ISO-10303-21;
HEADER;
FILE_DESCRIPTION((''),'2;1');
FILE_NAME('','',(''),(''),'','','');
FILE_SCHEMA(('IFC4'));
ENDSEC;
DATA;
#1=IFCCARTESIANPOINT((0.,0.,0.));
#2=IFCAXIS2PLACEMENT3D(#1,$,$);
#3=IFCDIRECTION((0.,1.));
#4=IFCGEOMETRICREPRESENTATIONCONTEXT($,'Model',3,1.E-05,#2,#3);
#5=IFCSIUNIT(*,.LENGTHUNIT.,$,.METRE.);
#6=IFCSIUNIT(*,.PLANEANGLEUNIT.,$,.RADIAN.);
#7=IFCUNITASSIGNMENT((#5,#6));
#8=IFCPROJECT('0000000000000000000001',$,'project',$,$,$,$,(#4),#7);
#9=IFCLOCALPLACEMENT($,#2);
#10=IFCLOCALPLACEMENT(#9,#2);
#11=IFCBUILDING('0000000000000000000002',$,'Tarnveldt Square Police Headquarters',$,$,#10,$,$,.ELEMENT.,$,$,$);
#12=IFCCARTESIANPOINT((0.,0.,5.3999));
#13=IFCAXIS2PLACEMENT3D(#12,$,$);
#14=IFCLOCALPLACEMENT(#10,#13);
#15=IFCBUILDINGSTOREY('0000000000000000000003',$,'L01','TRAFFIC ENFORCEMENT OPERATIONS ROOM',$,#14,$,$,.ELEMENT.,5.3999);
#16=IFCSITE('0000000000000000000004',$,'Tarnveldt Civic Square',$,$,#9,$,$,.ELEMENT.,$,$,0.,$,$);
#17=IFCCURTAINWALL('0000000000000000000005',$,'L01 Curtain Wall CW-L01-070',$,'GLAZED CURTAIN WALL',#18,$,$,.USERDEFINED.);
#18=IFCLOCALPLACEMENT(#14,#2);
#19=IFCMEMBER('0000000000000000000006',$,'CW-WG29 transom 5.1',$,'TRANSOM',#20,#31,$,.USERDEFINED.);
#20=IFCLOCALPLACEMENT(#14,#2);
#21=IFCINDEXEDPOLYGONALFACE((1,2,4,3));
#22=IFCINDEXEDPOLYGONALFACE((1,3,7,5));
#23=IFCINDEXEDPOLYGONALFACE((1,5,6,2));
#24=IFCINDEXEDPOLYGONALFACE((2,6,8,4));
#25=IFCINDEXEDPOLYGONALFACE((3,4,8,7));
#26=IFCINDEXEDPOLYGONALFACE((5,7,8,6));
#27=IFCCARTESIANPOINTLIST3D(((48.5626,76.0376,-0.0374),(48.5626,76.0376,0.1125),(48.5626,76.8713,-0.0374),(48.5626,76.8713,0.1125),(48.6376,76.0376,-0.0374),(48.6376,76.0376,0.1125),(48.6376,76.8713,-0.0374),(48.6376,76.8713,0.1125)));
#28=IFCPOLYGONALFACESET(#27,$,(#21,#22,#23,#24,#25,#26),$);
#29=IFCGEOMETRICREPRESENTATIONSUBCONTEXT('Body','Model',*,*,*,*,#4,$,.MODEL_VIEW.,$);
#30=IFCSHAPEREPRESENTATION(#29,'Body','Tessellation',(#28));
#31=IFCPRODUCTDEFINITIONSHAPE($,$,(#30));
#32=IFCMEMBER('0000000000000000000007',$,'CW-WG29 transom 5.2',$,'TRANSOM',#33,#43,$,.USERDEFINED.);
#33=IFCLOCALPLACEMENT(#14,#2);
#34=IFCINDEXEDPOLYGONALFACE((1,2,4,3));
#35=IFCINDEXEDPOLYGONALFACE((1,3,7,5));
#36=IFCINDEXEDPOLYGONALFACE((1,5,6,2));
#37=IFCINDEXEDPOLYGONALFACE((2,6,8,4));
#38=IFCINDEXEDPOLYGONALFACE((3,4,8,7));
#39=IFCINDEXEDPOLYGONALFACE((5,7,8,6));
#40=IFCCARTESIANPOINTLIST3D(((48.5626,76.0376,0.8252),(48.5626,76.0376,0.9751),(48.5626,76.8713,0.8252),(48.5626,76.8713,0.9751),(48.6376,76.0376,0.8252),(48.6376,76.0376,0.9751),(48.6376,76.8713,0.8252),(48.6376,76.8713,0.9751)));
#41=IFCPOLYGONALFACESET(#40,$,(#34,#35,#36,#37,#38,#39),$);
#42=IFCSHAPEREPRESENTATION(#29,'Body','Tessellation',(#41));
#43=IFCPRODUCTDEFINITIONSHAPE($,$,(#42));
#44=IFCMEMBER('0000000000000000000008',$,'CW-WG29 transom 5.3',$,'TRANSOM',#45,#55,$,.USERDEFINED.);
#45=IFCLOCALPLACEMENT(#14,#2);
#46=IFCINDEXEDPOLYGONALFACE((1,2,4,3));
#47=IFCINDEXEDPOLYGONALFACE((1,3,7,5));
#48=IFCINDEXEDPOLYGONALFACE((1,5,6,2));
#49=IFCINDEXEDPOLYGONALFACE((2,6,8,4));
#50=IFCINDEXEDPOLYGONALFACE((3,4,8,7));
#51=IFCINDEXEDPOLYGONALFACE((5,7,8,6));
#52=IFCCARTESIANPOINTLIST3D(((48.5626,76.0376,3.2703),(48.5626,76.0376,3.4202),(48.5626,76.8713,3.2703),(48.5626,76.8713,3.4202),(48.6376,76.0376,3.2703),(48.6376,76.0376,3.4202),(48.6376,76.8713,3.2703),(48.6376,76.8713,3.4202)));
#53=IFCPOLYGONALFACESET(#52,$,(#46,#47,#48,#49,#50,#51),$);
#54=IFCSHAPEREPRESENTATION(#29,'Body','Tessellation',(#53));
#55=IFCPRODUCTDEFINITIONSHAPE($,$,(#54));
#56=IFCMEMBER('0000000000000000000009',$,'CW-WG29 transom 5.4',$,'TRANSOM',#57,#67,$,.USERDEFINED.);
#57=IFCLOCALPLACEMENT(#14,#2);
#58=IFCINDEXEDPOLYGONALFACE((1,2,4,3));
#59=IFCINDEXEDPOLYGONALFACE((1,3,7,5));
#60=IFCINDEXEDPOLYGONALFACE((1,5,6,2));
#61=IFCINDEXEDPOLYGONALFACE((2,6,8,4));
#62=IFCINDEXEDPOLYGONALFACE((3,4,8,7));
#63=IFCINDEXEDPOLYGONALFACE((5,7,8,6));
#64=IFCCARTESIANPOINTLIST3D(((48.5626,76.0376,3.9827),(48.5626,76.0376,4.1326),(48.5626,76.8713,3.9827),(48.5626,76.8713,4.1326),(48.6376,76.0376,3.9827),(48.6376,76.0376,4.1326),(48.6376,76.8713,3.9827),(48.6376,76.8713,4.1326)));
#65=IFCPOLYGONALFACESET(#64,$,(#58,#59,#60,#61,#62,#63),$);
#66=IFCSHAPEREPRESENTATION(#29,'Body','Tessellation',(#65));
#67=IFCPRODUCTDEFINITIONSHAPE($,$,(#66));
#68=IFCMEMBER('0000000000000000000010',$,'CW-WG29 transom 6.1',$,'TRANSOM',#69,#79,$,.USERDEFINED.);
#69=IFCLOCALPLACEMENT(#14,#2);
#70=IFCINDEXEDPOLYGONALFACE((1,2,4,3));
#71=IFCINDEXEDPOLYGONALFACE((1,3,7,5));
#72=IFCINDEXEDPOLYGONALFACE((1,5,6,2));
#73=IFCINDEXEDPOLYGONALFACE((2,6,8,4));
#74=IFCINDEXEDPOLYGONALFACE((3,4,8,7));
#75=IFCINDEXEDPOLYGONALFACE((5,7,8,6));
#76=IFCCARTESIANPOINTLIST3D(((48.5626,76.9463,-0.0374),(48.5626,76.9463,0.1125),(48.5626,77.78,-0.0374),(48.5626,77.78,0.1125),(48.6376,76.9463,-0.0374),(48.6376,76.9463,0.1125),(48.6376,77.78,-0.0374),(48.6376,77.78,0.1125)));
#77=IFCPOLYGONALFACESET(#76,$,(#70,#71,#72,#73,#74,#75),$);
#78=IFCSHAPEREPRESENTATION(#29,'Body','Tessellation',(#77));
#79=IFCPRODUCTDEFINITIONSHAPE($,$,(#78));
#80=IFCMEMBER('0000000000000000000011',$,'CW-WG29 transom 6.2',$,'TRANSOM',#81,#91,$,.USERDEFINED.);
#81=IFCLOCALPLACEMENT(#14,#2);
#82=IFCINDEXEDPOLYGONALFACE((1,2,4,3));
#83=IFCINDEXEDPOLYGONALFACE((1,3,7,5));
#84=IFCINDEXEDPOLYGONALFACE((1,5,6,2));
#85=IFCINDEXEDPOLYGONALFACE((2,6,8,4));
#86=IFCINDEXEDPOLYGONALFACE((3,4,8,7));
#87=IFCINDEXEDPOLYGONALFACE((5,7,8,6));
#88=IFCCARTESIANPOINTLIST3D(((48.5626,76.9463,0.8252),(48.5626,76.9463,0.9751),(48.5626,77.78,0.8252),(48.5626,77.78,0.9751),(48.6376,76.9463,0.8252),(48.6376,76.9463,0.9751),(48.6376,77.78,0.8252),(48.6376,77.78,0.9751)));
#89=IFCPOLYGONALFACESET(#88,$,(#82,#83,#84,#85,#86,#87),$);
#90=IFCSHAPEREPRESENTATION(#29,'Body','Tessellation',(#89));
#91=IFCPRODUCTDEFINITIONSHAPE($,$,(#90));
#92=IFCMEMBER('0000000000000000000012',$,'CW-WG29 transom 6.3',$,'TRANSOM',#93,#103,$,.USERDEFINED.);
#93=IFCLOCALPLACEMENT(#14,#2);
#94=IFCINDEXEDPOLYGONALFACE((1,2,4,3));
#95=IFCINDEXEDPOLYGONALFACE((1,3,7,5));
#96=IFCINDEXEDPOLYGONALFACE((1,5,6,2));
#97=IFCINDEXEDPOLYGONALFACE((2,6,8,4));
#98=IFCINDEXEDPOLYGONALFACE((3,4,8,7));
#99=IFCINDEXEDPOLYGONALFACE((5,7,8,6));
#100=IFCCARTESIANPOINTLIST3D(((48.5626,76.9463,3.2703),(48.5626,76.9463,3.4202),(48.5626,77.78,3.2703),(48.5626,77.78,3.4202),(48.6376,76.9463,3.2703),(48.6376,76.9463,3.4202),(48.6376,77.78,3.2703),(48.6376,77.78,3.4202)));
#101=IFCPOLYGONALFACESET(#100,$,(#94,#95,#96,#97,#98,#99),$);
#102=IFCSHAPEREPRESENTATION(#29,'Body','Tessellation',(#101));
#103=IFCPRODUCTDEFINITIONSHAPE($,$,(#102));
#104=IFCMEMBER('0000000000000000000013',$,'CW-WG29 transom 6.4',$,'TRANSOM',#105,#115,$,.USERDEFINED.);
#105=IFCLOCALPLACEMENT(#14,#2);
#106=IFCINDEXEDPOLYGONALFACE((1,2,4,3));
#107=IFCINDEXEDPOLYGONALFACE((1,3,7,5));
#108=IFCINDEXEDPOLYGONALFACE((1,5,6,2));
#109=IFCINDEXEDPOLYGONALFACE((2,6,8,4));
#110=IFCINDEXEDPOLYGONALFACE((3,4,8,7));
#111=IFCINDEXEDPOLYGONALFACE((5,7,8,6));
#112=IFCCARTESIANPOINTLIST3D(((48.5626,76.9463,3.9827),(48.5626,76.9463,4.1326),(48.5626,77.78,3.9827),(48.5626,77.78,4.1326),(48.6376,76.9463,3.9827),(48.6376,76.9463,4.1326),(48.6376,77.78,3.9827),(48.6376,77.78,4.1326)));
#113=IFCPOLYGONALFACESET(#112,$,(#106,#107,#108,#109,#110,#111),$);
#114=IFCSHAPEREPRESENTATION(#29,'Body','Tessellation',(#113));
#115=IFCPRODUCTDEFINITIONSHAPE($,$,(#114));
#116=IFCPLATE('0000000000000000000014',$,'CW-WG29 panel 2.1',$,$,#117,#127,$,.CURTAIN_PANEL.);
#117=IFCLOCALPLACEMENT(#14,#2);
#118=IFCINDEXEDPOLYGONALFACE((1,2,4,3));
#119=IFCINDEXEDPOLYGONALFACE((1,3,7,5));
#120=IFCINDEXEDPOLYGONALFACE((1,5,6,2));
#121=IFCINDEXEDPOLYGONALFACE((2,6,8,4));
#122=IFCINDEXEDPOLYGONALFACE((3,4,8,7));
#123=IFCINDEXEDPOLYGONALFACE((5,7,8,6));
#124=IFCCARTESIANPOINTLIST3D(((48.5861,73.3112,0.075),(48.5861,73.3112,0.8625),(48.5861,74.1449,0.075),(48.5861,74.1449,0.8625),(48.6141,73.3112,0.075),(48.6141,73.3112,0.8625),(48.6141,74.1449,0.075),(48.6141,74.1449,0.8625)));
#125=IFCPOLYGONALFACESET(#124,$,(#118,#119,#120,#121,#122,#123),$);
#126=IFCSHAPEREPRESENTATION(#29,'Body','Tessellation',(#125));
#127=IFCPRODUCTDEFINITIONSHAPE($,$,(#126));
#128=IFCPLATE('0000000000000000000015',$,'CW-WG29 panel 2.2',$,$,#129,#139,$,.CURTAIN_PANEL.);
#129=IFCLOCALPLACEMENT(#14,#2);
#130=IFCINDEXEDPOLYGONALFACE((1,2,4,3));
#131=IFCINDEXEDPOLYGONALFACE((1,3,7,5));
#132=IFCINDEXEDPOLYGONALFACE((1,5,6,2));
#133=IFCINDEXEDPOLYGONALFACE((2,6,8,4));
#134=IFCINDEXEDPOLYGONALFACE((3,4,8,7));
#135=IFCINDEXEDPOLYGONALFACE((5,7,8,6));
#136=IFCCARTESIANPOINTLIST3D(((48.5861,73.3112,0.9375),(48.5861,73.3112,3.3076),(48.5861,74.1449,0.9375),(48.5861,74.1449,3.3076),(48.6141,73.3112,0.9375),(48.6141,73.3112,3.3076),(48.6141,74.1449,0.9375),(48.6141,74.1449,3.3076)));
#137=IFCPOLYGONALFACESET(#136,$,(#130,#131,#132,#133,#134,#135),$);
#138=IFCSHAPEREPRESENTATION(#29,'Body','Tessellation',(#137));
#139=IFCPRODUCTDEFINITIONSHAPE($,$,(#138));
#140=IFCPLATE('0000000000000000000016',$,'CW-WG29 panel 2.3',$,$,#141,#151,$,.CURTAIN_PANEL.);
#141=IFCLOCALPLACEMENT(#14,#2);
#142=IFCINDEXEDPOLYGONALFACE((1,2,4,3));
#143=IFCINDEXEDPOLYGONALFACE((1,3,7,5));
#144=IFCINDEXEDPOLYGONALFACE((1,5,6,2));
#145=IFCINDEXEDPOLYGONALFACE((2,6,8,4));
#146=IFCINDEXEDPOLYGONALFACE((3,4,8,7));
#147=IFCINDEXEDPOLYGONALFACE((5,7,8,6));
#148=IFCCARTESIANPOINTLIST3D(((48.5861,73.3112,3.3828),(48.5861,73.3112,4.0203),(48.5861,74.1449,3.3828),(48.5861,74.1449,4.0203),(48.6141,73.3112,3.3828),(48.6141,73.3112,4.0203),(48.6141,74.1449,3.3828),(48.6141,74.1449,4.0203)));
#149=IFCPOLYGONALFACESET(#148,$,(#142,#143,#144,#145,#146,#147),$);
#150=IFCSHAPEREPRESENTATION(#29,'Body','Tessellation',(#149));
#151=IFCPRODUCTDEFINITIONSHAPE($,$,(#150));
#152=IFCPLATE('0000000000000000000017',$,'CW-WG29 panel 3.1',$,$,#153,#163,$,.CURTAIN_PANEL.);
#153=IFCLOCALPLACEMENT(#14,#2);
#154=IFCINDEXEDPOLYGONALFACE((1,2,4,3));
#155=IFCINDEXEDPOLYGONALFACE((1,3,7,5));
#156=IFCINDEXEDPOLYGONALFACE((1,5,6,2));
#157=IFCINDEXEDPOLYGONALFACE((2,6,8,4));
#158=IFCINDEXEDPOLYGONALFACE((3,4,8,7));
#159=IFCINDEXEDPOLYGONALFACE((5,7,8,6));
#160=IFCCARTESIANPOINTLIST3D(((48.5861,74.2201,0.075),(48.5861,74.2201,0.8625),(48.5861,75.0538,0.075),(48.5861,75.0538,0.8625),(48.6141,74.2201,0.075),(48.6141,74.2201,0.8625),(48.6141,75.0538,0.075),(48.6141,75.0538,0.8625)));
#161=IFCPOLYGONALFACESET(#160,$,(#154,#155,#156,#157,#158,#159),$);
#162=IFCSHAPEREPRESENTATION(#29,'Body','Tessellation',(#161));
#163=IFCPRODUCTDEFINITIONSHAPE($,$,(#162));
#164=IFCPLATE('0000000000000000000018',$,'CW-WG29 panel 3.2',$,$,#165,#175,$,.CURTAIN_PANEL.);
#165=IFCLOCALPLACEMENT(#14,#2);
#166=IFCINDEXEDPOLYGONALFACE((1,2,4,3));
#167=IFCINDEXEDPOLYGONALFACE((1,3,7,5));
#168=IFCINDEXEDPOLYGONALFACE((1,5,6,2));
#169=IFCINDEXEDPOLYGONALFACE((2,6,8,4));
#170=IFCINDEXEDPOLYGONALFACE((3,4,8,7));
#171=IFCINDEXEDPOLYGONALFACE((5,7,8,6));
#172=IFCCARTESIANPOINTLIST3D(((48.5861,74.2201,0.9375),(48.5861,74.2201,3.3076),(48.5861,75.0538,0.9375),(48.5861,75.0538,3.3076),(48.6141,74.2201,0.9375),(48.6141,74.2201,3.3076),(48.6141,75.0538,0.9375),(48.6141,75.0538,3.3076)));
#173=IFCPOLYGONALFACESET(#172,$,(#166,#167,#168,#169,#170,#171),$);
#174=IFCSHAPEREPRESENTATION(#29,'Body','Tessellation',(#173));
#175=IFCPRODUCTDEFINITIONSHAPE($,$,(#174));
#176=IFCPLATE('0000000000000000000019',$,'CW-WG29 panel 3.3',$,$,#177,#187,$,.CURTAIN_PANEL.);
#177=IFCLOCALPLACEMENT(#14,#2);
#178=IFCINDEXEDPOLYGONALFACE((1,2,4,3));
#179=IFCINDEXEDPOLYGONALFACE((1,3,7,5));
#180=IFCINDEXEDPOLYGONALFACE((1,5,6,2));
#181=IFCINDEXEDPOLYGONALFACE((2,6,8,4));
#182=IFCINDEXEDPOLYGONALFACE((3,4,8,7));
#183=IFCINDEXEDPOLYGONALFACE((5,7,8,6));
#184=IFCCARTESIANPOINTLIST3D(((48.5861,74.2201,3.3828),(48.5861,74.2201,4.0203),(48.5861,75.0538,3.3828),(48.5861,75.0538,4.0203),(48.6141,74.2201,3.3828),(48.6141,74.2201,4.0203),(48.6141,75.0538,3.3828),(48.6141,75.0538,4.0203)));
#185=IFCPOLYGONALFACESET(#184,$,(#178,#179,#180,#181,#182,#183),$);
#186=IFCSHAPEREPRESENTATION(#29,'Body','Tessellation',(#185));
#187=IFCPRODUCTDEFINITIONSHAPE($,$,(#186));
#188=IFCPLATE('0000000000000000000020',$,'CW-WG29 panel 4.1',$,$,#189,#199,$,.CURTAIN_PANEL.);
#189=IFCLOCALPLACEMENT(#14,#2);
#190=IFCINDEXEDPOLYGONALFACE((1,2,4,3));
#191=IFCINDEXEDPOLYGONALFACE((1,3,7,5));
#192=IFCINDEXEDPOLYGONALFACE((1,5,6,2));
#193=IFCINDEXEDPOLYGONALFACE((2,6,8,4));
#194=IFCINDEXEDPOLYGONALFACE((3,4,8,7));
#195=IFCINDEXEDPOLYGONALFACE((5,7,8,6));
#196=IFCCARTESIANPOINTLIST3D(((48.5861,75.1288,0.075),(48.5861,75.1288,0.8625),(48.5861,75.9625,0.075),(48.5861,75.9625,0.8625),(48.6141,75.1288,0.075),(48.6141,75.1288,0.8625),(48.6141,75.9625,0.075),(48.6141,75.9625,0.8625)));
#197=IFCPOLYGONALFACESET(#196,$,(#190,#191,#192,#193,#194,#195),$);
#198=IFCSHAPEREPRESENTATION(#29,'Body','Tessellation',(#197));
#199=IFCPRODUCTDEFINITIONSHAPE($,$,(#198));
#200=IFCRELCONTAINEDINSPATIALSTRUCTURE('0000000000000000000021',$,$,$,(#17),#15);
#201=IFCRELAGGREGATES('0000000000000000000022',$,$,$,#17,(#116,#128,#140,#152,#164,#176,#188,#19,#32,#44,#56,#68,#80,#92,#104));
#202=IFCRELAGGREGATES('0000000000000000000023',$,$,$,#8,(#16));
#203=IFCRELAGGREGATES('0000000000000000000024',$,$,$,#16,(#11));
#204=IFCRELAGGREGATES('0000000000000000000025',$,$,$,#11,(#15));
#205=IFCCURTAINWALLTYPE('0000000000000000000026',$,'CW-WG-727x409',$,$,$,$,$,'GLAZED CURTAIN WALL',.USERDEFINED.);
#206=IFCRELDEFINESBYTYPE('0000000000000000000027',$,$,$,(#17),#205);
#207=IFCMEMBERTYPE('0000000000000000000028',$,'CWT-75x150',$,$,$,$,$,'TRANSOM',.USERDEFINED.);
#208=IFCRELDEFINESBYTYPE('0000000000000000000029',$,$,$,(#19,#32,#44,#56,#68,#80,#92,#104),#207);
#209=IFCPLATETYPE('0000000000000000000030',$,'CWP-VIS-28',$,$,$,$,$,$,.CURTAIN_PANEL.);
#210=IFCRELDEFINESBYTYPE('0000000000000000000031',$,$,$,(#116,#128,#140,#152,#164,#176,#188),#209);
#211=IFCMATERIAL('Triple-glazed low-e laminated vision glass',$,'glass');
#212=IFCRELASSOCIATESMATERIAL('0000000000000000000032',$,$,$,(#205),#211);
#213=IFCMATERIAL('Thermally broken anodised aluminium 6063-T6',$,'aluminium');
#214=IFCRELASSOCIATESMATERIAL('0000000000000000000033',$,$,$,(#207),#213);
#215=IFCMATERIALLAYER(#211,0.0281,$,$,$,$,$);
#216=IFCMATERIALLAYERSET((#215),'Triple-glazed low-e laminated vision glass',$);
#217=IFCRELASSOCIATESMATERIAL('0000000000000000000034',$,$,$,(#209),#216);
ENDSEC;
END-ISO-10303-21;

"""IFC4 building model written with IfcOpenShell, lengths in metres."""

from ifc_helpers import new_model, si_unit, direction, frame, origin, origin_2d, place, context, subcontext, project, spatial, rectangle, extrude, material, layer, layer_set, material_profile, profile_set, type_object, element, aggregate, save


model = new_model("IFC4")

# Units and contexts
model_context = context("Model", 3, precision=1e-05, world=origin(), true_north=direction((0.0, 1.0)))
body_context = subcontext(model_context, "Body", "Model", "MODEL_VIEW")
ifc_project = project(units=[si_unit("LENGTHUNIT", "METRE"), si_unit("PLANEANGLEUNIT", "RADIAN")], contexts=[model_context])

# Site, building, storey
site_placement = place(None, origin())
site = spatial("IfcSite", under=ifc_project, at=site_placement, Name="Tarnveldt Civic Square", CompositionType="ELEMENT", RefElevation=0.0)
building_placement = place(site_placement, origin())
building = spatial("IfcBuilding", under=site, at=building_placement, Name="Tarnveldt Square Police Headquarters", CompositionType="ELEMENT")
storey_placement = place(building_placement, frame((0.0, 0.0, 5.3999)))
storey = spatial("IfcBuildingStorey", under=building, at=storey_placement, Name="L01", Description="TRAFFIC ENFORCEMENT OPERATIONS ROOM", CompositionType="ELEMENT", Elevation=5.3999)

# Curtain wall, members, plates
ifc_material_1 = material(Name="Triple-glazed low-e laminated vision glass", Category="glass")
curtain_wall_type = type_object("IfcCurtainWallType", Name="CW-WG-727x409", ElementType="GLAZED CURTAIN WALL", PredefinedType="USERDEFINED", material=ifc_material_1)
curtain_wall_placement = place(storey_placement, origin())
curtain_wall = element("IfcCurtainWall", 1, at=curtain_wall_placement, inside=storey, type_object=curtain_wall_type, Name="L01 Curtain Wall CW-L01-070", ObjectType="GLAZED CURTAIN WALL", PredefinedType="USERDEFINED")
ifc_material_2 = material(Name="Thermally broken anodised aluminium 6063-T6", Category="aluminium")
ifc_material_profile_1 = material_profile(ifc_material_2, rectangle(XDim=0.075, YDim=0.1499, at=origin_2d()), Name="CW-T75x150")
ifc_profile_set_1 = profile_set([ifc_material_profile_1], Name="Thermally broken anodised aluminium 6063-T6")
member_type_1 = type_object("IfcMemberType", Name="CWT-75x150", ElementType="TRANSOM", PredefinedType="USERDEFINED", material=ifc_profile_set_1)
member_1_placement = place(storey_placement, frame((48.6001, 76.0376, 0.0376), z_axis=(0.0, 1.0, 0.0), x_axis=(-1.0, 0.0, 0.0)))
member_1 = element("IfcMember", 2, at=member_1_placement, type_object=member_type_1, Name="CW-WG29 transom 5.1", ObjectType="TRANSOM", PredefinedType="USERDEFINED", context=body_context, shape_type="SweptSolid", body=[
    extrude(rectangle(XDim=0.075, YDim=0.1499, at=origin_2d()), origin(), (0.0, 0.0, 1.0), 0.8337),
])
member_2_placement = place(storey_placement, frame((48.6001, 76.0376, 0.9001), z_axis=(0.0, 1.0, 0.0), x_axis=(-1.0, 0.0, 0.0)))
member_2 = element("IfcMember", 3, at=member_2_placement, type_object=member_type_1, Name="CW-WG29 transom 5.2", ObjectType="TRANSOM", PredefinedType="USERDEFINED", context=body_context, shape_type="SweptSolid", body=[
    extrude(rectangle(XDim=0.075, YDim=0.1499, at=origin_2d()), origin(), (0.0, 0.0, 1.0), 0.8337),
])
member_3_placement = place(storey_placement, frame((48.6001, 76.0376, 3.3452), z_axis=(0.0, 1.0, 0.0), x_axis=(-1.0, 0.0, 0.0)))
member_3 = element("IfcMember", 4, at=member_3_placement, type_object=member_type_1, Name="CW-WG29 transom 5.3", ObjectType="TRANSOM", PredefinedType="USERDEFINED", context=body_context, shape_type="SweptSolid", body=[
    extrude(rectangle(XDim=0.075, YDim=0.1499, at=origin_2d()), origin(), (0.0, 0.0, 1.0), 0.8337),
])
member_4_placement = place(storey_placement, frame((48.6001, 76.0376, 4.0576), z_axis=(0.0, 1.0, 0.0), x_axis=(-1.0, 0.0, 0.0)))
member_4 = element("IfcMember", 5, at=member_4_placement, type_object=member_type_1, Name="CW-WG29 transom 5.4", ObjectType="TRANSOM", PredefinedType="USERDEFINED", context=body_context, shape_type="SweptSolid", body=[
    extrude(rectangle(XDim=0.075, YDim=0.1499, at=origin_2d()), origin(), (0.0, 0.0, 1.0), 0.8337),
])
member_5_placement = place(storey_placement, frame((48.6001, 76.9463, 0.0376), z_axis=(0.0, 1.0, 0.0), x_axis=(-1.0, 0.0, 0.0)))
member_5 = element("IfcMember", 6, at=member_5_placement, type_object=member_type_1, Name="CW-WG29 transom 6.1", ObjectType="TRANSOM", PredefinedType="USERDEFINED", context=body_context, shape_type="SweptSolid", body=[
    extrude(rectangle(XDim=0.075, YDim=0.1499, at=origin_2d()), origin(), (0.0, 0.0, 1.0), 0.8337),
])
member_6_placement = place(storey_placement, frame((48.6001, 76.9463, 0.9001), z_axis=(0.0, 1.0, 0.0), x_axis=(-1.0, 0.0, 0.0)))
member_6 = element("IfcMember", 7, at=member_6_placement, type_object=member_type_1, Name="CW-WG29 transom 6.2", ObjectType="TRANSOM", PredefinedType="USERDEFINED", context=body_context, shape_type="SweptSolid", body=[
    extrude(rectangle(XDim=0.075, YDim=0.1499, at=origin_2d()), origin(), (0.0, 0.0, 1.0), 0.8337),
])
member_7_placement = place(storey_placement, frame((48.6001, 76.9463, 3.3452), z_axis=(0.0, 1.0, 0.0), x_axis=(-1.0, 0.0, 0.0)))
member_7 = element("IfcMember", 8, at=member_7_placement, type_object=member_type_1, Name="CW-WG29 transom 6.3", ObjectType="TRANSOM", PredefinedType="USERDEFINED", context=body_context, shape_type="SweptSolid", body=[
    extrude(rectangle(XDim=0.075, YDim=0.1499, at=origin_2d()), origin(), (0.0, 0.0, 1.0), 0.8337),
])
member_8_placement = place(storey_placement, frame((48.6001, 76.9463, 4.0576), z_axis=(0.0, 1.0, 0.0), x_axis=(-1.0, 0.0, 0.0)))
member_8 = element("IfcMember", 9, at=member_8_placement, type_object=member_type_1, Name="CW-WG29 transom 6.4", ObjectType="TRANSOM", PredefinedType="USERDEFINED", context=body_context, shape_type="SweptSolid", body=[
    extrude(rectangle(XDim=0.075, YDim=0.1499, at=origin_2d()), origin(), (0.0, 0.0, 1.0), 0.8337),
])
ifc_layer = layer(ifc_material_1, 0.0281)
ifc_layer_set = layer_set([ifc_layer], Name="Triple-glazed low-e laminated vision glass")
plate_type = type_object("IfcPlateType", Name="CWP-VIS-28", PredefinedType="CURTAIN_PANEL", material=ifc_layer_set)
plate_1_placement = place(storey_placement, frame((48.6001, 73.728, 0.075), z_axis=(0.0, 0.0, 1.0), x_axis=(0.0, 1.0, 0.0)))
plate_1 = element("IfcPlate", 10, at=plate_1_placement, type_object=plate_type, Name="CW-WG29 panel 2.1", PredefinedType="CURTAIN_PANEL", context=body_context, shape_type="SweptSolid", body=[
    extrude(rectangle(XDim=0.8337, YDim=0.0281, at=origin_2d()), origin(), (0.0, 0.0, 1.0), 0.7876),
])
plate_2_placement = place(storey_placement, frame((48.6001, 73.728, 0.9375), z_axis=(0.0, 0.0, 1.0), x_axis=(0.0, 1.0, 0.0)))
plate_2 = element("IfcPlate", 11, at=plate_2_placement, type_object=plate_type, Name="CW-WG29 panel 2.2", PredefinedType="CURTAIN_PANEL", context=body_context, shape_type="SweptSolid", body=[
    extrude(rectangle(XDim=0.8337, YDim=0.0281, at=origin_2d()), origin(), (0.0, 0.0, 1.0), 2.3701),
])
plate_3_placement = place(storey_placement, frame((48.6001, 73.728, 3.3828), z_axis=(0.0, 0.0, 1.0), x_axis=(0.0, 1.0, 0.0)))
plate_3 = element("IfcPlate", 12, at=plate_3_placement, type_object=plate_type, Name="CW-WG29 panel 2.3", PredefinedType="CURTAIN_PANEL", context=body_context, shape_type="SweptSolid", body=[
    extrude(rectangle(XDim=0.8337, YDim=0.0281, at=origin_2d()), origin(), (0.0, 0.0, 1.0), 0.6375),
])
plate_4_placement = place(storey_placement, frame((48.6001, 74.637, 0.075), z_axis=(0.0, 0.0, 1.0), x_axis=(0.0, 1.0, 0.0)))
plate_4 = element("IfcPlate", 13, at=plate_4_placement, type_object=plate_type, Name="CW-WG29 panel 3.1", PredefinedType="CURTAIN_PANEL", context=body_context, shape_type="SweptSolid", body=[
    extrude(rectangle(XDim=0.8337, YDim=0.0281, at=origin_2d()), origin(), (0.0, 0.0, 1.0), 0.7876),
])
plate_5_placement = place(storey_placement, frame((48.6001, 74.637, 0.9375), z_axis=(0.0, 0.0, 1.0), x_axis=(0.0, 1.0, 0.0)))
plate_5 = element("IfcPlate", 14, at=plate_5_placement, type_object=plate_type, Name="CW-WG29 panel 3.2", PredefinedType="CURTAIN_PANEL", context=body_context, shape_type="SweptSolid", body=[
    extrude(rectangle(XDim=0.8337, YDim=0.0281, at=origin_2d()), origin(), (0.0, 0.0, 1.0), 2.3701),
])
plate_6_placement = place(storey_placement, frame((48.6001, 74.637, 3.3828), z_axis=(0.0, 0.0, 1.0), x_axis=(0.0, 1.0, 0.0)))
plate_6 = element("IfcPlate", 15, at=plate_6_placement, type_object=plate_type, Name="CW-WG29 panel 3.3", PredefinedType="CURTAIN_PANEL", context=body_context, shape_type="SweptSolid", body=[
    extrude(rectangle(XDim=0.8337, YDim=0.0281, at=origin_2d()), origin(), (0.0, 0.0, 1.0), 0.6375),
])
plate_7_placement = place(storey_placement, frame((48.6001, 75.5457, 0.075), z_axis=(0.0, 0.0, 1.0), x_axis=(0.0, 1.0, 0.0)))
plate_7 = element("IfcPlate", 16, at=plate_7_placement, type_object=plate_type, Name="CW-WG29 panel 4.1", PredefinedType="CURTAIN_PANEL", context=body_context, shape_type="SweptSolid", body=[
    extrude(rectangle(XDim=0.8337, YDim=0.0281, at=origin_2d()), origin(), (0.0, 0.0, 1.0), 0.7876),
])
aggregate(curtain_wall, [plate_1, plate_2, plate_3, plate_4, plate_5, plate_6, plate_7, member_1, member_2, member_3, member_4, member_5, member_6, member_7, member_8])

save(model, "model.ifc")
